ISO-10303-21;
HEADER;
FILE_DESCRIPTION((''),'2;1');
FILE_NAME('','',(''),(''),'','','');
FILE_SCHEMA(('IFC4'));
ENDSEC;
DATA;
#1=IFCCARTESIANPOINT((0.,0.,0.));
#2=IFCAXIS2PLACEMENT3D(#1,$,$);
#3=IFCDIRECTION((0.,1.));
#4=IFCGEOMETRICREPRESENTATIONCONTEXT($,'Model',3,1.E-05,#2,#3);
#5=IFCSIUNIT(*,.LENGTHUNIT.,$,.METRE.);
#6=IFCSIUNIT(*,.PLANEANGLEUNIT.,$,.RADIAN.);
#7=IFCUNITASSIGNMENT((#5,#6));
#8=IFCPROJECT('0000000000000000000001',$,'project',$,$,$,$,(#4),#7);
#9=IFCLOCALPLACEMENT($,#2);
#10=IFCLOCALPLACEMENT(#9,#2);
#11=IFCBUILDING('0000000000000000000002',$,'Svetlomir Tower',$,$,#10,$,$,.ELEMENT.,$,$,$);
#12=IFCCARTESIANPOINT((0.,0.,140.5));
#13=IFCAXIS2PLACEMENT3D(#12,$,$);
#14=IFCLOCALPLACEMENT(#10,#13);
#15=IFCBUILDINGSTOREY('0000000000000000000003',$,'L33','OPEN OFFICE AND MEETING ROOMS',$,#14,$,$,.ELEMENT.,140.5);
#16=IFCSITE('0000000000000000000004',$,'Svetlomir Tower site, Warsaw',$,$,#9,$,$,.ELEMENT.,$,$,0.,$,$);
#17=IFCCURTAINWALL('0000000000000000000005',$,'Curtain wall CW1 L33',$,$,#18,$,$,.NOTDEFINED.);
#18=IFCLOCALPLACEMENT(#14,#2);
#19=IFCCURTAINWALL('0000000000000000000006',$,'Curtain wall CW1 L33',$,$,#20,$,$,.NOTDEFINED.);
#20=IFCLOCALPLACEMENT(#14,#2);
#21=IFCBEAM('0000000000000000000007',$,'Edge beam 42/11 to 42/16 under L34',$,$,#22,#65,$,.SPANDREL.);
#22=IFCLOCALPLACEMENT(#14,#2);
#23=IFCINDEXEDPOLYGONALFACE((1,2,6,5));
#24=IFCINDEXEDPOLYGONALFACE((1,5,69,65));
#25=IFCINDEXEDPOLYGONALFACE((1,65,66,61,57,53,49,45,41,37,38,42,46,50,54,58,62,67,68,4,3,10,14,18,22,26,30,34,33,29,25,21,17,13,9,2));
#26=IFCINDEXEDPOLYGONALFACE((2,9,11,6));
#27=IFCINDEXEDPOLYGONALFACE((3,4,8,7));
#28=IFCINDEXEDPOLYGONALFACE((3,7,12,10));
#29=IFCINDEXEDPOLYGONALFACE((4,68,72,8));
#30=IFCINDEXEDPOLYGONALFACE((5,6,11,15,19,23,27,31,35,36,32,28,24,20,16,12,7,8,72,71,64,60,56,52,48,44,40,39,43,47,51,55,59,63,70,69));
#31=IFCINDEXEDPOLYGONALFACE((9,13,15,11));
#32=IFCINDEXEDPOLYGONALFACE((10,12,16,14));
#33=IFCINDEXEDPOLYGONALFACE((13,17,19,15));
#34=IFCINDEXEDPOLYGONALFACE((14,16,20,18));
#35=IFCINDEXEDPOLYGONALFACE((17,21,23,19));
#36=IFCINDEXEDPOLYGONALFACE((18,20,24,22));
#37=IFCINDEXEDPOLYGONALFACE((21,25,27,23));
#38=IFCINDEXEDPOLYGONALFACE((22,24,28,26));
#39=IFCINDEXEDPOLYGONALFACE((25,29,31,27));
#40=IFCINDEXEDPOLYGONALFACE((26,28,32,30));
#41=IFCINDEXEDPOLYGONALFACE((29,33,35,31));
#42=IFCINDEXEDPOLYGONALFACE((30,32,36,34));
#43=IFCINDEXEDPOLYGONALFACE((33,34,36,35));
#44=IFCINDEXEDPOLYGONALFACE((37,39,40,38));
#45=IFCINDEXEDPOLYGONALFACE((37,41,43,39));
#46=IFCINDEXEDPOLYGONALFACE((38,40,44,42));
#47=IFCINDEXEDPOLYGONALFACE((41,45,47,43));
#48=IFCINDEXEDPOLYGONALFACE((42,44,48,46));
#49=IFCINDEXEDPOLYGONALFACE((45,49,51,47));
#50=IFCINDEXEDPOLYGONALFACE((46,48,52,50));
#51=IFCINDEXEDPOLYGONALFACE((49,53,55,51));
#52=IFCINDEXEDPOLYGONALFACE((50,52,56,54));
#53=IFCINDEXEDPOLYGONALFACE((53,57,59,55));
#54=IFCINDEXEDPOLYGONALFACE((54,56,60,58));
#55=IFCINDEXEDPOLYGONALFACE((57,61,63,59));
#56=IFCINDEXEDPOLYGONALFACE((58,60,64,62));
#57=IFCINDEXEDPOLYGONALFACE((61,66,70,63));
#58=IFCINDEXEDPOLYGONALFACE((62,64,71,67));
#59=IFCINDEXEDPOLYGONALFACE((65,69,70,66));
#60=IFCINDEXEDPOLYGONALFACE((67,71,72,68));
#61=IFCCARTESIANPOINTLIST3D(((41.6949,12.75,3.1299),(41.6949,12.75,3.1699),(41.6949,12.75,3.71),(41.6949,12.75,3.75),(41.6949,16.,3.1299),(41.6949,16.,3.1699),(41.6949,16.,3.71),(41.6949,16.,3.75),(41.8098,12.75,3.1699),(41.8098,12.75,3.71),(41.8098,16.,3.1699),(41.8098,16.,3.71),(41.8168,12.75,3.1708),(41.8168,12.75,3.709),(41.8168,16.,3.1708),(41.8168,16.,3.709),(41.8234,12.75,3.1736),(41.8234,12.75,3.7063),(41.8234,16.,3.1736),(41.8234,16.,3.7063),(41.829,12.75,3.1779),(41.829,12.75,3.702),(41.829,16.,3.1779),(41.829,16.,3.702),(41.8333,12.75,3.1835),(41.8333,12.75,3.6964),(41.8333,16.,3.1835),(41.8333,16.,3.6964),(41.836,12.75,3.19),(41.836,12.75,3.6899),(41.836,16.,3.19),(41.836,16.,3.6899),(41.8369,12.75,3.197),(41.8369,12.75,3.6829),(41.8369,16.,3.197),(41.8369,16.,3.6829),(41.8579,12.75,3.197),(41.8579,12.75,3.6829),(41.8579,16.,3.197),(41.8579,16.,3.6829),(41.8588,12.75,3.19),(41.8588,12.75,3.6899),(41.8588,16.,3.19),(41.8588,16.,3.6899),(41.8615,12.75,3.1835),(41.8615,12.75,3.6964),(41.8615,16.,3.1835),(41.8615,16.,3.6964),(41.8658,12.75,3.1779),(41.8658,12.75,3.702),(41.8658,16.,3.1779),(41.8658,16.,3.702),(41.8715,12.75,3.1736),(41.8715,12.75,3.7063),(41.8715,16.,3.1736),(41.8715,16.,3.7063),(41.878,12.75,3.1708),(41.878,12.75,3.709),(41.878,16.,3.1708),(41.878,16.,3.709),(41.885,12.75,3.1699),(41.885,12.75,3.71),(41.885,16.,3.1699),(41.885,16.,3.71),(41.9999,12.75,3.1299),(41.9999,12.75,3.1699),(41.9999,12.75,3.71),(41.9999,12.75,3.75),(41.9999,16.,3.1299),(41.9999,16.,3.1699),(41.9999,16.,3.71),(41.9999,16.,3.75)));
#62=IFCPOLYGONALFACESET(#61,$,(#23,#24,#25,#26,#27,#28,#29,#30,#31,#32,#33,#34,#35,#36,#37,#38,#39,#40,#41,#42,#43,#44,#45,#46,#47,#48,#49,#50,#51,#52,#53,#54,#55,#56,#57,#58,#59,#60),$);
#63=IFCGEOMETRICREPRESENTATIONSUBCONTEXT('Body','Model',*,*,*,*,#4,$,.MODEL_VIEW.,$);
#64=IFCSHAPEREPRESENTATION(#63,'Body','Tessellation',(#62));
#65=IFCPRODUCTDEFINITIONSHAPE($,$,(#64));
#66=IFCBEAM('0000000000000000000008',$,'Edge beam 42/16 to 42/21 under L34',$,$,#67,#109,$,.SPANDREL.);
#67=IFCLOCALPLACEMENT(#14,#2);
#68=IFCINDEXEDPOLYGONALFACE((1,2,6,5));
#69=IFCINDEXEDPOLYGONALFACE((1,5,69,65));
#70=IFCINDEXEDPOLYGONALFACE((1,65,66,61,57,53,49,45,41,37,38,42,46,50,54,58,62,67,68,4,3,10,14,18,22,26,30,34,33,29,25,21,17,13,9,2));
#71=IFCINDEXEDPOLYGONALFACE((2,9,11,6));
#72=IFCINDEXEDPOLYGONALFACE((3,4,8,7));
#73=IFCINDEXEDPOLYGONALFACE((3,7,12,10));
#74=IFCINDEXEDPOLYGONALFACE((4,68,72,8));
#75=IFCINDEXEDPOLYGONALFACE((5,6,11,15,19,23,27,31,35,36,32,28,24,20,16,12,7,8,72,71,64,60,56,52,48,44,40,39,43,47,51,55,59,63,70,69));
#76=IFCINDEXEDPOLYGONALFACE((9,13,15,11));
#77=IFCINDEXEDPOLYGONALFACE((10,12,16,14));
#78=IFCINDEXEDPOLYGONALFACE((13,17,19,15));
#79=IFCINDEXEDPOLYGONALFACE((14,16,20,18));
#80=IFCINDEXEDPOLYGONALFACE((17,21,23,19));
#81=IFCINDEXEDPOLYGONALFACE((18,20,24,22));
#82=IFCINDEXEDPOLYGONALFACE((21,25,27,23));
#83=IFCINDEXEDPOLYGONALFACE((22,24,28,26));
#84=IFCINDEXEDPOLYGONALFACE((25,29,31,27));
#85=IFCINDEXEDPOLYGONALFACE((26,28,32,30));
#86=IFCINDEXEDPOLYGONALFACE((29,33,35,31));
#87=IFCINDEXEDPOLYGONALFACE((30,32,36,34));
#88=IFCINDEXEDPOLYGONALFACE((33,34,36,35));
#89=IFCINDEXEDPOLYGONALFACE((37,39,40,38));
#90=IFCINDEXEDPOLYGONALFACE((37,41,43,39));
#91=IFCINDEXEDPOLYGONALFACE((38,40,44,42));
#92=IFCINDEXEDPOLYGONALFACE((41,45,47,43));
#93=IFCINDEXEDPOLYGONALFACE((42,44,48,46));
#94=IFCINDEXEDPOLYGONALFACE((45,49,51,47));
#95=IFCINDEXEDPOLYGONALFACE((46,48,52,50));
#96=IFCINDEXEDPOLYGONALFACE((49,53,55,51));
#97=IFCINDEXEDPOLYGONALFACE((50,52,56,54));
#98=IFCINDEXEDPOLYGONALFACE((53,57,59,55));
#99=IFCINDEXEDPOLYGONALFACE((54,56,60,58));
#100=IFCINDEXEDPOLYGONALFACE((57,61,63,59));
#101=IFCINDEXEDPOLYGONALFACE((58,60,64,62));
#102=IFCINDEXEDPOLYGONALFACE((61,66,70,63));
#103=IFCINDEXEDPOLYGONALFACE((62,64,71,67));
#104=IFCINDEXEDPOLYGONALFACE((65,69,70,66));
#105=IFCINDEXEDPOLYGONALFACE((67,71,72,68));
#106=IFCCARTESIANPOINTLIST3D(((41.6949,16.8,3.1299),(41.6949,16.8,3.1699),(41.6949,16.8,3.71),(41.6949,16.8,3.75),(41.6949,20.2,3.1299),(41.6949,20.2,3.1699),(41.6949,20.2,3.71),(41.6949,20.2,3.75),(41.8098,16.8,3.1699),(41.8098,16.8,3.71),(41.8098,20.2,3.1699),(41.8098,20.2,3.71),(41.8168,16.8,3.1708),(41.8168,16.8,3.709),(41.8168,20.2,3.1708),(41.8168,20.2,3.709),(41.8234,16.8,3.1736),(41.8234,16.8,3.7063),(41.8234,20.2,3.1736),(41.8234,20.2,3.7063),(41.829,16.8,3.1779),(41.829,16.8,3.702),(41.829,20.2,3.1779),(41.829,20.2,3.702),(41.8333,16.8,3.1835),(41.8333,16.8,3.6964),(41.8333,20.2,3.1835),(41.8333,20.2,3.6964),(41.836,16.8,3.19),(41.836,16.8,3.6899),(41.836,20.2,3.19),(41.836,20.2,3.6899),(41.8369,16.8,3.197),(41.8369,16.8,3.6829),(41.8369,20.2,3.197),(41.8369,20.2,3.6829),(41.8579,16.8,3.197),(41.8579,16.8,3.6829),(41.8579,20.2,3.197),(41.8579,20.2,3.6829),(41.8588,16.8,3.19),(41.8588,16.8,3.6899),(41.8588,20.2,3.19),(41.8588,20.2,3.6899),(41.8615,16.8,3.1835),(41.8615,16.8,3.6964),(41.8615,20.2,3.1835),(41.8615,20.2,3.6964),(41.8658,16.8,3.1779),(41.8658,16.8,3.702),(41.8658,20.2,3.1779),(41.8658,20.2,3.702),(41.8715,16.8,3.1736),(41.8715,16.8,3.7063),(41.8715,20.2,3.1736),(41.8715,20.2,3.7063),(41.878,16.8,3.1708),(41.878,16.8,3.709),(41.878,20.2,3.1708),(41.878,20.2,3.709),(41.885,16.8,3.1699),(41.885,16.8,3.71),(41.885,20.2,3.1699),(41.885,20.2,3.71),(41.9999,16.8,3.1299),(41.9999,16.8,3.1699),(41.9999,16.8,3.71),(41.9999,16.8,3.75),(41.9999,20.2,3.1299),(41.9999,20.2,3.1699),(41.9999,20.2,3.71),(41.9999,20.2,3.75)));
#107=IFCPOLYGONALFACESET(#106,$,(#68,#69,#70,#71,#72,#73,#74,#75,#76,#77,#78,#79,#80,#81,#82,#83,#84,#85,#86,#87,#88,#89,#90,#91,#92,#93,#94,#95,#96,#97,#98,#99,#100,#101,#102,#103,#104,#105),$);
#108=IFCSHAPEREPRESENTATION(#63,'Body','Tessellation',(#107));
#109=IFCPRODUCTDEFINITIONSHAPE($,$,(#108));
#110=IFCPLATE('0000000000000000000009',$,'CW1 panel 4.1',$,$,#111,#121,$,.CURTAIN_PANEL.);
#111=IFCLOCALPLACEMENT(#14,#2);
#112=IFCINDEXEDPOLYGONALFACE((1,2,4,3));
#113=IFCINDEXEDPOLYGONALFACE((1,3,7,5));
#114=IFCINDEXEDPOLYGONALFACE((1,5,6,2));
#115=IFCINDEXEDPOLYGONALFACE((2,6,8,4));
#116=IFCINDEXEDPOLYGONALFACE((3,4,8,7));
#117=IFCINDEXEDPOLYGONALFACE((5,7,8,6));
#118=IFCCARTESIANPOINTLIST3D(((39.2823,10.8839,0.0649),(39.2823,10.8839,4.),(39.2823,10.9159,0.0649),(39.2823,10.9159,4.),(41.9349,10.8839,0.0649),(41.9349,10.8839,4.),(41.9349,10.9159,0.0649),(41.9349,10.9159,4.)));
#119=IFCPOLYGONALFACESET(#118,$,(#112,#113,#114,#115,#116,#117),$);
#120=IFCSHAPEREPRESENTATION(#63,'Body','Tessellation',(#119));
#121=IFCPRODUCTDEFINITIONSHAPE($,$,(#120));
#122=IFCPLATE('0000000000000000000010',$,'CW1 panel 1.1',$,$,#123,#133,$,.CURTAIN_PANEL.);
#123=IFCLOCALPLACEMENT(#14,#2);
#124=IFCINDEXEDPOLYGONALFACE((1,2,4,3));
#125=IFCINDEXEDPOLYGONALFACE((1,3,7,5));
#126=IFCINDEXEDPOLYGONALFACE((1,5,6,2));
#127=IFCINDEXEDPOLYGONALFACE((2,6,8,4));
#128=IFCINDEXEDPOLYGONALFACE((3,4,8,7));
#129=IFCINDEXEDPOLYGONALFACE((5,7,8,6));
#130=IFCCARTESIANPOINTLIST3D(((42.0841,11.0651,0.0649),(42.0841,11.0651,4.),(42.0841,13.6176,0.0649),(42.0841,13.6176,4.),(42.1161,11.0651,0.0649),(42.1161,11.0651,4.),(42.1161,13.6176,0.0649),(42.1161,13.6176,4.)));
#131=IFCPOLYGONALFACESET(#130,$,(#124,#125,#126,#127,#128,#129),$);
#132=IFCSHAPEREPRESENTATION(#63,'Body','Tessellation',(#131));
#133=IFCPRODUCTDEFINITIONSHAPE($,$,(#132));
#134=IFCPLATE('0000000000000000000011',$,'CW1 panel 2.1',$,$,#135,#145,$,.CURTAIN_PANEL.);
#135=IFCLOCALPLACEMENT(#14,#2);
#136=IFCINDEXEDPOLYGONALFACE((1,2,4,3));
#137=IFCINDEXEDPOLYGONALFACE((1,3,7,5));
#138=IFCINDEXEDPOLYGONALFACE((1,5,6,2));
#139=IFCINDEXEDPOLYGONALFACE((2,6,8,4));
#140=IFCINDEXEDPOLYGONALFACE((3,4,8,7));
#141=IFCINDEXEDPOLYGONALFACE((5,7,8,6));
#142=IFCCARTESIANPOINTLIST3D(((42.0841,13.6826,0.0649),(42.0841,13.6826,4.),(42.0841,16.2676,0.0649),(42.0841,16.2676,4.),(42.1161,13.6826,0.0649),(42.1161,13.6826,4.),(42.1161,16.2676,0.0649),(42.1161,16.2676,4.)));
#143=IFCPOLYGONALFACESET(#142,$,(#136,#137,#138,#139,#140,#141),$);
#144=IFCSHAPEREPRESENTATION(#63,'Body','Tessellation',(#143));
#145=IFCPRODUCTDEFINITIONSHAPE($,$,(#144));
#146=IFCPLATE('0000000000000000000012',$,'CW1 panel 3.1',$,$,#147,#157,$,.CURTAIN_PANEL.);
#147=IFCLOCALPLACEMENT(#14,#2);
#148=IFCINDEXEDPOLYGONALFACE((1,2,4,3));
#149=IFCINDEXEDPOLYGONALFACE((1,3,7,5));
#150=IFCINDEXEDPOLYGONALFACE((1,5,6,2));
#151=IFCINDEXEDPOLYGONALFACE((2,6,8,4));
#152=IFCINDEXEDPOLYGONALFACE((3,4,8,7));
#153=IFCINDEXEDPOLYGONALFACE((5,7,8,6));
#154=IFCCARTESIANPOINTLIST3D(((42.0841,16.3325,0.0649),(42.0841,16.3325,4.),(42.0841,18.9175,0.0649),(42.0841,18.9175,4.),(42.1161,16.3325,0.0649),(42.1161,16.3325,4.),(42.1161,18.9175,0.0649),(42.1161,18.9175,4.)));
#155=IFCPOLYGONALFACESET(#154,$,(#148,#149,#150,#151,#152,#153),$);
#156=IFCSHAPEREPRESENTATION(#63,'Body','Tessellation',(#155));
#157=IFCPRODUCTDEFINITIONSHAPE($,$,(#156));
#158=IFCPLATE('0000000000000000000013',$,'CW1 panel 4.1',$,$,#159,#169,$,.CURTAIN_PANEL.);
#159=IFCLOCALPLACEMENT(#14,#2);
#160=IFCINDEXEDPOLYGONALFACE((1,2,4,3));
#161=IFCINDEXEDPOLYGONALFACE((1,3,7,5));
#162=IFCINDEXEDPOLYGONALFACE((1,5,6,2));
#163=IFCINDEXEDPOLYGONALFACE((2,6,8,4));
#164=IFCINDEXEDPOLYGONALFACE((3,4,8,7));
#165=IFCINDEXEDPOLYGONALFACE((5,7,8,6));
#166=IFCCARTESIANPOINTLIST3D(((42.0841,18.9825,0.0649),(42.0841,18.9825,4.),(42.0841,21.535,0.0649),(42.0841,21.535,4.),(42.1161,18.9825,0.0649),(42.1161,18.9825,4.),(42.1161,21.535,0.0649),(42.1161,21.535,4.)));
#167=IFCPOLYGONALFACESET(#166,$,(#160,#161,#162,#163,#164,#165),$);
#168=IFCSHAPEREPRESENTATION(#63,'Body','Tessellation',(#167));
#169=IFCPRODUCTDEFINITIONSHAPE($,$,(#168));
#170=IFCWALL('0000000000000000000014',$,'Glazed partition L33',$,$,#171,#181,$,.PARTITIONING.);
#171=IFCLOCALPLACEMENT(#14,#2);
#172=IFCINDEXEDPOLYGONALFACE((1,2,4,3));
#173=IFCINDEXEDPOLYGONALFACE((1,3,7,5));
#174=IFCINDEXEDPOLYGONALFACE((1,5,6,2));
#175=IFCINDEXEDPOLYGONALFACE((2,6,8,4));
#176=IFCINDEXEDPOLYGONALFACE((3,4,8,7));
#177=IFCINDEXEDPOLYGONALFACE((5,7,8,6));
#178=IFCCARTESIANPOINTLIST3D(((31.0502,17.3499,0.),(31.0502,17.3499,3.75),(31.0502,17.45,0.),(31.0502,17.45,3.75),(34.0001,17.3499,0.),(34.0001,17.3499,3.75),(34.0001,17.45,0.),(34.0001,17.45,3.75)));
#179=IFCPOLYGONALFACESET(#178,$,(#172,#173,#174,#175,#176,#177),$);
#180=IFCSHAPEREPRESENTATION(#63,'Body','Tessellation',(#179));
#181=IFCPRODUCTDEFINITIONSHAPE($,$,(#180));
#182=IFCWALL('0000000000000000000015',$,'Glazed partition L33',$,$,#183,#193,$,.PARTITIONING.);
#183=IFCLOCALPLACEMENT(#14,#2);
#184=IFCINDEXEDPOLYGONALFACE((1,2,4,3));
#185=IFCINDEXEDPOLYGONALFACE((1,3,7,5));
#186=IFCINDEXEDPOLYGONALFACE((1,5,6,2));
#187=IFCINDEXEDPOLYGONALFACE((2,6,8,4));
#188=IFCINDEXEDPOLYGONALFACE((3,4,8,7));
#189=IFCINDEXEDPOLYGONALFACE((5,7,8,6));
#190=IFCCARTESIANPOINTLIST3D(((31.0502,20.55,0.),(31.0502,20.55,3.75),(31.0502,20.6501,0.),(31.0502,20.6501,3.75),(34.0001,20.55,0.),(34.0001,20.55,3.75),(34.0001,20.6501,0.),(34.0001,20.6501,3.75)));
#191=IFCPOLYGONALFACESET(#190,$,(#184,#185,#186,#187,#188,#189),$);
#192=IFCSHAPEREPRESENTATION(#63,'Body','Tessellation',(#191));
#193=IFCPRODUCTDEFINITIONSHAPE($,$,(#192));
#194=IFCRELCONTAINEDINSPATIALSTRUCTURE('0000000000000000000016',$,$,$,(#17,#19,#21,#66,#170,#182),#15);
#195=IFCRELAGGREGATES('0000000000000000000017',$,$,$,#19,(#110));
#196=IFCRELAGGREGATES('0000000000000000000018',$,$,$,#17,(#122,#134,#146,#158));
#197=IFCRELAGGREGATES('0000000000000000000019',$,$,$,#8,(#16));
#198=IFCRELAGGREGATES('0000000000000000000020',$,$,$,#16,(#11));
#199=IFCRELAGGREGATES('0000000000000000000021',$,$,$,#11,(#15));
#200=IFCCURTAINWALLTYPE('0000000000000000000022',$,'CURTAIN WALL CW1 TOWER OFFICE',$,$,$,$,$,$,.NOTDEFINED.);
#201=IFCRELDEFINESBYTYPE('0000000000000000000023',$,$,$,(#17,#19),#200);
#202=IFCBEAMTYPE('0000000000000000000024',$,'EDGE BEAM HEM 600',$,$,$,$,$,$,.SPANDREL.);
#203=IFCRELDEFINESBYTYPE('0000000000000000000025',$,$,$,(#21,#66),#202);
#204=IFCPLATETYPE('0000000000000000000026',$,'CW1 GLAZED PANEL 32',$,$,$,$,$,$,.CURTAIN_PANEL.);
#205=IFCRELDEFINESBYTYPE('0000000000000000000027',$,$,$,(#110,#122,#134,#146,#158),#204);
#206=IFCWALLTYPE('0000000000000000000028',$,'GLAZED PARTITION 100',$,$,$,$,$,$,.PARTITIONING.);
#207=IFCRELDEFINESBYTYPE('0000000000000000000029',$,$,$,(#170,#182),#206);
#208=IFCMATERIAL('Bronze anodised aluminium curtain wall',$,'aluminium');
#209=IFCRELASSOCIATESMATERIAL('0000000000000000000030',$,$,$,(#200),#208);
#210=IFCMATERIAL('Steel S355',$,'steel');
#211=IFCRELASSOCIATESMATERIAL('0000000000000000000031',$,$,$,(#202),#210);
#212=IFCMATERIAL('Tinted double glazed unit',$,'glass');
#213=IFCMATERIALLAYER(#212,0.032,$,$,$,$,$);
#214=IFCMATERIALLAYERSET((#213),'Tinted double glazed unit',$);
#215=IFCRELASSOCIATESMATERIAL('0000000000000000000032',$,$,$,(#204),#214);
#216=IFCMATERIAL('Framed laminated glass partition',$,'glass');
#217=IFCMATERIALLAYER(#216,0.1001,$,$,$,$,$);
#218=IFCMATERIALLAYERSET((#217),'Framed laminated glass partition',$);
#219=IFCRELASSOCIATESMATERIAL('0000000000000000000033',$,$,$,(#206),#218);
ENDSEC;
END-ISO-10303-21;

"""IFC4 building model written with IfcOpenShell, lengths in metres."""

from ifc_helpers import new_model, si_unit, direction, frame, frame_2d, origin, origin_2d, place, context, subcontext, project, spatial, rectangle, i_section, extrude, material, layer, layer_set, material_profile, profile_set, type_object, element, aggregate, save


model = new_model("IFC4")

# Units and contexts
model_context = context("Model", 3, precision=1e-05, world=origin(), true_north=direction((0.0, 1.0)))
body_context = subcontext(model_context, "Body", "Model", "MODEL_VIEW")
ifc_project = project(units=[si_unit("LENGTHUNIT", "METRE"), si_unit("PLANEANGLEUNIT", "RADIAN")], contexts=[model_context])

# Site, building, storey
site_placement = place(None, origin())
site = spatial("IfcSite", under=ifc_project, at=site_placement, Name="Svetlomir Tower site, Warsaw", CompositionType="ELEMENT", RefElevation=0.0)
building_placement = place(site_placement, origin())
building = spatial("IfcBuilding", under=site, at=building_placement, Name="Svetlomir Tower", CompositionType="ELEMENT")
storey_placement = place(building_placement, frame((0.0, 0.0, 140.5)))
storey = spatial("IfcBuildingStorey", under=building, at=storey_placement, Name="L33", Description="OPEN OFFICE AND MEETING ROOMS", CompositionType="ELEMENT", Elevation=140.5)

# Curtain wall
ifc_material_1 = material(Name="Bronze anodised aluminium curtain wall", Category="aluminium")
curtain_wall_type = type_object("IfcCurtainWallType", Name="CURTAIN WALL CW1 TOWER OFFICE", PredefinedType="NOTDEFINED", material=ifc_material_1)
curtain_wall_1_placement = place(storey_placement, origin())
curtain_wall_1 = element("IfcCurtainWall", 1, at=curtain_wall_1_placement, inside=storey, type_object=curtain_wall_type, Name="Curtain wall CW1 L33", PredefinedType="NOTDEFINED")

# Curtain wall
curtain_wall_2_placement = place(storey_placement, origin())
curtain_wall_2 = element("IfcCurtainWall", 2, at=curtain_wall_2_placement, inside=storey, type_object=curtain_wall_type, Name="Curtain wall CW1 L33", PredefinedType="NOTDEFINED")

# Beams
ifc_material_2 = material(Name="Steel S355", Category="steel")
ifc_material_profile_1 = material_profile(ifc_material_2, i_section(OverallWidth=0.3049, OverallDepth=0.6201, WebThickness=0.021, FlangeThickness=0.04, FilletRadius=0.0271, at=origin_2d()), Name="HEM 600")
ifc_profile_set_1 = profile_set([ifc_material_profile_1], Name="Steel S355")
beam_type = type_object("IfcBeamType", Name="EDGE BEAM HEM 600", PredefinedType="SPANDREL", material=ifc_profile_set_1)
beam_1_placement = place(storey_placement, frame((41.8474, 12.75, 3.4399), z_axis=(0.0, 1.0, 0.0), x_axis=(-1.0, 0.0, 0.0)))
element("IfcBeam", 3, at=beam_1_placement, inside=storey, type_object=beam_type, Name="Edge beam 42/11 to 42/16 under L34", PredefinedType="SPANDREL", context=body_context, shape_type="SweptSolid", body=[
    extrude(i_section(OverallWidth=0.3049, OverallDepth=0.6201, WebThickness=0.021, FlangeThickness=0.04, FilletRadius=0.0271, at=origin_2d()), origin(), (0.0, 0.0, 1.0), 3.25),
])
beam_2_placement = place(storey_placement, frame((41.8474, 16.8, 3.4399), z_axis=(0.0, 1.0, 0.0), x_axis=(-1.0, 0.0, 0.0)))
element("IfcBeam", 4, at=beam_2_placement, inside=storey, type_object=beam_type, Name="Edge beam 42/16 to 42/21 under L34", PredefinedType="SPANDREL", context=body_context, shape_type="SweptSolid", body=[
    extrude(i_section(OverallWidth=0.3049, OverallDepth=0.6201, WebThickness=0.021, FlangeThickness=0.04, FilletRadius=0.0271, at=origin_2d()), origin(), (0.0, 0.0, 1.0), 3.3999),
])

# Plates
ifc_material_3 = material(Name="Tinted double glazed unit", Category="glass")
ifc_layer_1 = layer(ifc_material_3, 0.032)
ifc_layer_set_1 = layer_set([ifc_layer_1], Name="Tinted double glazed unit")
plate_type = type_object("IfcPlateType", Name="CW1 GLAZED PANEL 32", PredefinedType="CURTAIN_PANEL", material=ifc_layer_set_1)
plate_1_placement = place(storey_placement, frame((40.6086, 10.8999, 0.0649), z_axis=(0.0, 0.0, 1.0), x_axis=(1.0, 0.0, 0.0)))
plate_1 = element("IfcPlate", 5, at=plate_1_placement, type_object=plate_type, Name="CW1 panel 4.1", PredefinedType="CURTAIN_PANEL", context=body_context, shape_type="SweptSolid", body=[
    extrude(rectangle(XDim=2.6526, YDim=0.032, at=origin_2d()), origin(), (0.0, 0.0, 1.0), 3.9351),
])
aggregate(curtain_wall_2, [plate_1])
plate_2_placement = place(storey_placement, frame((42.1001, 12.3413, 0.0649), z_axis=(0.0, 0.0, 1.0), x_axis=(0.0, 1.0, 0.0)))
plate_2 = element("IfcPlate", 6, at=plate_2_placement, type_object=plate_type, Name="CW1 panel 1.1", PredefinedType="CURTAIN_PANEL", context=body_context, shape_type="SweptSolid", body=[
    extrude(rectangle(XDim=2.5525, YDim=0.032, at=origin_2d()), origin(), (0.0, 0.0, 1.0), 3.9351),
])
plate_3_placement = place(storey_placement, frame((42.1001, 14.9751, 0.0649), z_axis=(0.0, 0.0, 1.0), x_axis=(0.0, 1.0, 0.0)))
plate_3 = element("IfcPlate", 7, at=plate_3_placement, type_object=plate_type, Name="CW1 panel 2.1", PredefinedType="CURTAIN_PANEL", context=body_context, shape_type="SweptSolid", body=[
    extrude(rectangle(XDim=2.585, YDim=0.032, at=origin_2d()), origin(), (0.0, 0.0, 1.0), 3.9351),
])
plate_4_placement = place(storey_placement, frame((42.1001, 17.625, 0.0649), z_axis=(0.0, 0.0, 1.0), x_axis=(0.0, 1.0, 0.0)))
plate_4 = element("IfcPlate", 8, at=plate_4_placement, type_object=plate_type, Name="CW1 panel 3.1", PredefinedType="CURTAIN_PANEL", context=body_context, shape_type="SweptSolid", body=[
    extrude(rectangle(XDim=2.585, YDim=0.032, at=origin_2d()), origin(), (0.0, 0.0, 1.0), 3.9351),
])
plate_5_placement = place(storey_placement, frame((42.1001, 20.2588, 0.0649), z_axis=(0.0, 0.0, 1.0), x_axis=(0.0, 1.0, 0.0)))
plate_5 = element("IfcPlate", 9, at=plate_5_placement, type_object=plate_type, Name="CW1 panel 4.1", PredefinedType="CURTAIN_PANEL", context=body_context, shape_type="SweptSolid", body=[
    extrude(rectangle(XDim=2.5525, YDim=0.032, at=origin_2d()), origin(), (0.0, 0.0, 1.0), 3.9351),
])
aggregate(curtain_wall_1, [plate_2, plate_3, plate_4, plate_5])

# Walls
ifc_material_4 = material(Name="Framed laminated glass partition", Category="glass")
ifc_layer_2 = layer(ifc_material_4, 0.1001)
ifc_layer_set_2 = layer_set([ifc_layer_2], Name="Framed laminated glass partition")
wall_type_1 = type_object("IfcWallType", Name="GLAZED PARTITION 100", PredefinedType="PARTITIONING", material=ifc_layer_set_2)
for number, where, z_axis, x_axis, name in (
    (10, (31.05, 17.3999, 0.0), (0.0, 0.0, 1.0), (1.0, 0.0, 0.0), "Glazed partition L33"),
    (11, (31.05, 20.6001, 0.0), (0.0, 0.0, 1.0), (1.0, 0.0, 0.0), "Glazed partition L33"),
):
    element("IfcWall", number, at=place(storey_placement, frame(where, z_axis=z_axis, x_axis=x_axis)), inside=storey, type_object=wall_type_1, Name=name, PredefinedType="PARTITIONING", context=body_context, shape_type="SweptSolid", body=[
        extrude(rectangle(XDim=2.95, YDim=0.1001, at=frame_2d((1.4751, 0.0))), origin(), (0.0, 0.0, 1.0), 3.75),
    ])

save(model, "model.ifc")
